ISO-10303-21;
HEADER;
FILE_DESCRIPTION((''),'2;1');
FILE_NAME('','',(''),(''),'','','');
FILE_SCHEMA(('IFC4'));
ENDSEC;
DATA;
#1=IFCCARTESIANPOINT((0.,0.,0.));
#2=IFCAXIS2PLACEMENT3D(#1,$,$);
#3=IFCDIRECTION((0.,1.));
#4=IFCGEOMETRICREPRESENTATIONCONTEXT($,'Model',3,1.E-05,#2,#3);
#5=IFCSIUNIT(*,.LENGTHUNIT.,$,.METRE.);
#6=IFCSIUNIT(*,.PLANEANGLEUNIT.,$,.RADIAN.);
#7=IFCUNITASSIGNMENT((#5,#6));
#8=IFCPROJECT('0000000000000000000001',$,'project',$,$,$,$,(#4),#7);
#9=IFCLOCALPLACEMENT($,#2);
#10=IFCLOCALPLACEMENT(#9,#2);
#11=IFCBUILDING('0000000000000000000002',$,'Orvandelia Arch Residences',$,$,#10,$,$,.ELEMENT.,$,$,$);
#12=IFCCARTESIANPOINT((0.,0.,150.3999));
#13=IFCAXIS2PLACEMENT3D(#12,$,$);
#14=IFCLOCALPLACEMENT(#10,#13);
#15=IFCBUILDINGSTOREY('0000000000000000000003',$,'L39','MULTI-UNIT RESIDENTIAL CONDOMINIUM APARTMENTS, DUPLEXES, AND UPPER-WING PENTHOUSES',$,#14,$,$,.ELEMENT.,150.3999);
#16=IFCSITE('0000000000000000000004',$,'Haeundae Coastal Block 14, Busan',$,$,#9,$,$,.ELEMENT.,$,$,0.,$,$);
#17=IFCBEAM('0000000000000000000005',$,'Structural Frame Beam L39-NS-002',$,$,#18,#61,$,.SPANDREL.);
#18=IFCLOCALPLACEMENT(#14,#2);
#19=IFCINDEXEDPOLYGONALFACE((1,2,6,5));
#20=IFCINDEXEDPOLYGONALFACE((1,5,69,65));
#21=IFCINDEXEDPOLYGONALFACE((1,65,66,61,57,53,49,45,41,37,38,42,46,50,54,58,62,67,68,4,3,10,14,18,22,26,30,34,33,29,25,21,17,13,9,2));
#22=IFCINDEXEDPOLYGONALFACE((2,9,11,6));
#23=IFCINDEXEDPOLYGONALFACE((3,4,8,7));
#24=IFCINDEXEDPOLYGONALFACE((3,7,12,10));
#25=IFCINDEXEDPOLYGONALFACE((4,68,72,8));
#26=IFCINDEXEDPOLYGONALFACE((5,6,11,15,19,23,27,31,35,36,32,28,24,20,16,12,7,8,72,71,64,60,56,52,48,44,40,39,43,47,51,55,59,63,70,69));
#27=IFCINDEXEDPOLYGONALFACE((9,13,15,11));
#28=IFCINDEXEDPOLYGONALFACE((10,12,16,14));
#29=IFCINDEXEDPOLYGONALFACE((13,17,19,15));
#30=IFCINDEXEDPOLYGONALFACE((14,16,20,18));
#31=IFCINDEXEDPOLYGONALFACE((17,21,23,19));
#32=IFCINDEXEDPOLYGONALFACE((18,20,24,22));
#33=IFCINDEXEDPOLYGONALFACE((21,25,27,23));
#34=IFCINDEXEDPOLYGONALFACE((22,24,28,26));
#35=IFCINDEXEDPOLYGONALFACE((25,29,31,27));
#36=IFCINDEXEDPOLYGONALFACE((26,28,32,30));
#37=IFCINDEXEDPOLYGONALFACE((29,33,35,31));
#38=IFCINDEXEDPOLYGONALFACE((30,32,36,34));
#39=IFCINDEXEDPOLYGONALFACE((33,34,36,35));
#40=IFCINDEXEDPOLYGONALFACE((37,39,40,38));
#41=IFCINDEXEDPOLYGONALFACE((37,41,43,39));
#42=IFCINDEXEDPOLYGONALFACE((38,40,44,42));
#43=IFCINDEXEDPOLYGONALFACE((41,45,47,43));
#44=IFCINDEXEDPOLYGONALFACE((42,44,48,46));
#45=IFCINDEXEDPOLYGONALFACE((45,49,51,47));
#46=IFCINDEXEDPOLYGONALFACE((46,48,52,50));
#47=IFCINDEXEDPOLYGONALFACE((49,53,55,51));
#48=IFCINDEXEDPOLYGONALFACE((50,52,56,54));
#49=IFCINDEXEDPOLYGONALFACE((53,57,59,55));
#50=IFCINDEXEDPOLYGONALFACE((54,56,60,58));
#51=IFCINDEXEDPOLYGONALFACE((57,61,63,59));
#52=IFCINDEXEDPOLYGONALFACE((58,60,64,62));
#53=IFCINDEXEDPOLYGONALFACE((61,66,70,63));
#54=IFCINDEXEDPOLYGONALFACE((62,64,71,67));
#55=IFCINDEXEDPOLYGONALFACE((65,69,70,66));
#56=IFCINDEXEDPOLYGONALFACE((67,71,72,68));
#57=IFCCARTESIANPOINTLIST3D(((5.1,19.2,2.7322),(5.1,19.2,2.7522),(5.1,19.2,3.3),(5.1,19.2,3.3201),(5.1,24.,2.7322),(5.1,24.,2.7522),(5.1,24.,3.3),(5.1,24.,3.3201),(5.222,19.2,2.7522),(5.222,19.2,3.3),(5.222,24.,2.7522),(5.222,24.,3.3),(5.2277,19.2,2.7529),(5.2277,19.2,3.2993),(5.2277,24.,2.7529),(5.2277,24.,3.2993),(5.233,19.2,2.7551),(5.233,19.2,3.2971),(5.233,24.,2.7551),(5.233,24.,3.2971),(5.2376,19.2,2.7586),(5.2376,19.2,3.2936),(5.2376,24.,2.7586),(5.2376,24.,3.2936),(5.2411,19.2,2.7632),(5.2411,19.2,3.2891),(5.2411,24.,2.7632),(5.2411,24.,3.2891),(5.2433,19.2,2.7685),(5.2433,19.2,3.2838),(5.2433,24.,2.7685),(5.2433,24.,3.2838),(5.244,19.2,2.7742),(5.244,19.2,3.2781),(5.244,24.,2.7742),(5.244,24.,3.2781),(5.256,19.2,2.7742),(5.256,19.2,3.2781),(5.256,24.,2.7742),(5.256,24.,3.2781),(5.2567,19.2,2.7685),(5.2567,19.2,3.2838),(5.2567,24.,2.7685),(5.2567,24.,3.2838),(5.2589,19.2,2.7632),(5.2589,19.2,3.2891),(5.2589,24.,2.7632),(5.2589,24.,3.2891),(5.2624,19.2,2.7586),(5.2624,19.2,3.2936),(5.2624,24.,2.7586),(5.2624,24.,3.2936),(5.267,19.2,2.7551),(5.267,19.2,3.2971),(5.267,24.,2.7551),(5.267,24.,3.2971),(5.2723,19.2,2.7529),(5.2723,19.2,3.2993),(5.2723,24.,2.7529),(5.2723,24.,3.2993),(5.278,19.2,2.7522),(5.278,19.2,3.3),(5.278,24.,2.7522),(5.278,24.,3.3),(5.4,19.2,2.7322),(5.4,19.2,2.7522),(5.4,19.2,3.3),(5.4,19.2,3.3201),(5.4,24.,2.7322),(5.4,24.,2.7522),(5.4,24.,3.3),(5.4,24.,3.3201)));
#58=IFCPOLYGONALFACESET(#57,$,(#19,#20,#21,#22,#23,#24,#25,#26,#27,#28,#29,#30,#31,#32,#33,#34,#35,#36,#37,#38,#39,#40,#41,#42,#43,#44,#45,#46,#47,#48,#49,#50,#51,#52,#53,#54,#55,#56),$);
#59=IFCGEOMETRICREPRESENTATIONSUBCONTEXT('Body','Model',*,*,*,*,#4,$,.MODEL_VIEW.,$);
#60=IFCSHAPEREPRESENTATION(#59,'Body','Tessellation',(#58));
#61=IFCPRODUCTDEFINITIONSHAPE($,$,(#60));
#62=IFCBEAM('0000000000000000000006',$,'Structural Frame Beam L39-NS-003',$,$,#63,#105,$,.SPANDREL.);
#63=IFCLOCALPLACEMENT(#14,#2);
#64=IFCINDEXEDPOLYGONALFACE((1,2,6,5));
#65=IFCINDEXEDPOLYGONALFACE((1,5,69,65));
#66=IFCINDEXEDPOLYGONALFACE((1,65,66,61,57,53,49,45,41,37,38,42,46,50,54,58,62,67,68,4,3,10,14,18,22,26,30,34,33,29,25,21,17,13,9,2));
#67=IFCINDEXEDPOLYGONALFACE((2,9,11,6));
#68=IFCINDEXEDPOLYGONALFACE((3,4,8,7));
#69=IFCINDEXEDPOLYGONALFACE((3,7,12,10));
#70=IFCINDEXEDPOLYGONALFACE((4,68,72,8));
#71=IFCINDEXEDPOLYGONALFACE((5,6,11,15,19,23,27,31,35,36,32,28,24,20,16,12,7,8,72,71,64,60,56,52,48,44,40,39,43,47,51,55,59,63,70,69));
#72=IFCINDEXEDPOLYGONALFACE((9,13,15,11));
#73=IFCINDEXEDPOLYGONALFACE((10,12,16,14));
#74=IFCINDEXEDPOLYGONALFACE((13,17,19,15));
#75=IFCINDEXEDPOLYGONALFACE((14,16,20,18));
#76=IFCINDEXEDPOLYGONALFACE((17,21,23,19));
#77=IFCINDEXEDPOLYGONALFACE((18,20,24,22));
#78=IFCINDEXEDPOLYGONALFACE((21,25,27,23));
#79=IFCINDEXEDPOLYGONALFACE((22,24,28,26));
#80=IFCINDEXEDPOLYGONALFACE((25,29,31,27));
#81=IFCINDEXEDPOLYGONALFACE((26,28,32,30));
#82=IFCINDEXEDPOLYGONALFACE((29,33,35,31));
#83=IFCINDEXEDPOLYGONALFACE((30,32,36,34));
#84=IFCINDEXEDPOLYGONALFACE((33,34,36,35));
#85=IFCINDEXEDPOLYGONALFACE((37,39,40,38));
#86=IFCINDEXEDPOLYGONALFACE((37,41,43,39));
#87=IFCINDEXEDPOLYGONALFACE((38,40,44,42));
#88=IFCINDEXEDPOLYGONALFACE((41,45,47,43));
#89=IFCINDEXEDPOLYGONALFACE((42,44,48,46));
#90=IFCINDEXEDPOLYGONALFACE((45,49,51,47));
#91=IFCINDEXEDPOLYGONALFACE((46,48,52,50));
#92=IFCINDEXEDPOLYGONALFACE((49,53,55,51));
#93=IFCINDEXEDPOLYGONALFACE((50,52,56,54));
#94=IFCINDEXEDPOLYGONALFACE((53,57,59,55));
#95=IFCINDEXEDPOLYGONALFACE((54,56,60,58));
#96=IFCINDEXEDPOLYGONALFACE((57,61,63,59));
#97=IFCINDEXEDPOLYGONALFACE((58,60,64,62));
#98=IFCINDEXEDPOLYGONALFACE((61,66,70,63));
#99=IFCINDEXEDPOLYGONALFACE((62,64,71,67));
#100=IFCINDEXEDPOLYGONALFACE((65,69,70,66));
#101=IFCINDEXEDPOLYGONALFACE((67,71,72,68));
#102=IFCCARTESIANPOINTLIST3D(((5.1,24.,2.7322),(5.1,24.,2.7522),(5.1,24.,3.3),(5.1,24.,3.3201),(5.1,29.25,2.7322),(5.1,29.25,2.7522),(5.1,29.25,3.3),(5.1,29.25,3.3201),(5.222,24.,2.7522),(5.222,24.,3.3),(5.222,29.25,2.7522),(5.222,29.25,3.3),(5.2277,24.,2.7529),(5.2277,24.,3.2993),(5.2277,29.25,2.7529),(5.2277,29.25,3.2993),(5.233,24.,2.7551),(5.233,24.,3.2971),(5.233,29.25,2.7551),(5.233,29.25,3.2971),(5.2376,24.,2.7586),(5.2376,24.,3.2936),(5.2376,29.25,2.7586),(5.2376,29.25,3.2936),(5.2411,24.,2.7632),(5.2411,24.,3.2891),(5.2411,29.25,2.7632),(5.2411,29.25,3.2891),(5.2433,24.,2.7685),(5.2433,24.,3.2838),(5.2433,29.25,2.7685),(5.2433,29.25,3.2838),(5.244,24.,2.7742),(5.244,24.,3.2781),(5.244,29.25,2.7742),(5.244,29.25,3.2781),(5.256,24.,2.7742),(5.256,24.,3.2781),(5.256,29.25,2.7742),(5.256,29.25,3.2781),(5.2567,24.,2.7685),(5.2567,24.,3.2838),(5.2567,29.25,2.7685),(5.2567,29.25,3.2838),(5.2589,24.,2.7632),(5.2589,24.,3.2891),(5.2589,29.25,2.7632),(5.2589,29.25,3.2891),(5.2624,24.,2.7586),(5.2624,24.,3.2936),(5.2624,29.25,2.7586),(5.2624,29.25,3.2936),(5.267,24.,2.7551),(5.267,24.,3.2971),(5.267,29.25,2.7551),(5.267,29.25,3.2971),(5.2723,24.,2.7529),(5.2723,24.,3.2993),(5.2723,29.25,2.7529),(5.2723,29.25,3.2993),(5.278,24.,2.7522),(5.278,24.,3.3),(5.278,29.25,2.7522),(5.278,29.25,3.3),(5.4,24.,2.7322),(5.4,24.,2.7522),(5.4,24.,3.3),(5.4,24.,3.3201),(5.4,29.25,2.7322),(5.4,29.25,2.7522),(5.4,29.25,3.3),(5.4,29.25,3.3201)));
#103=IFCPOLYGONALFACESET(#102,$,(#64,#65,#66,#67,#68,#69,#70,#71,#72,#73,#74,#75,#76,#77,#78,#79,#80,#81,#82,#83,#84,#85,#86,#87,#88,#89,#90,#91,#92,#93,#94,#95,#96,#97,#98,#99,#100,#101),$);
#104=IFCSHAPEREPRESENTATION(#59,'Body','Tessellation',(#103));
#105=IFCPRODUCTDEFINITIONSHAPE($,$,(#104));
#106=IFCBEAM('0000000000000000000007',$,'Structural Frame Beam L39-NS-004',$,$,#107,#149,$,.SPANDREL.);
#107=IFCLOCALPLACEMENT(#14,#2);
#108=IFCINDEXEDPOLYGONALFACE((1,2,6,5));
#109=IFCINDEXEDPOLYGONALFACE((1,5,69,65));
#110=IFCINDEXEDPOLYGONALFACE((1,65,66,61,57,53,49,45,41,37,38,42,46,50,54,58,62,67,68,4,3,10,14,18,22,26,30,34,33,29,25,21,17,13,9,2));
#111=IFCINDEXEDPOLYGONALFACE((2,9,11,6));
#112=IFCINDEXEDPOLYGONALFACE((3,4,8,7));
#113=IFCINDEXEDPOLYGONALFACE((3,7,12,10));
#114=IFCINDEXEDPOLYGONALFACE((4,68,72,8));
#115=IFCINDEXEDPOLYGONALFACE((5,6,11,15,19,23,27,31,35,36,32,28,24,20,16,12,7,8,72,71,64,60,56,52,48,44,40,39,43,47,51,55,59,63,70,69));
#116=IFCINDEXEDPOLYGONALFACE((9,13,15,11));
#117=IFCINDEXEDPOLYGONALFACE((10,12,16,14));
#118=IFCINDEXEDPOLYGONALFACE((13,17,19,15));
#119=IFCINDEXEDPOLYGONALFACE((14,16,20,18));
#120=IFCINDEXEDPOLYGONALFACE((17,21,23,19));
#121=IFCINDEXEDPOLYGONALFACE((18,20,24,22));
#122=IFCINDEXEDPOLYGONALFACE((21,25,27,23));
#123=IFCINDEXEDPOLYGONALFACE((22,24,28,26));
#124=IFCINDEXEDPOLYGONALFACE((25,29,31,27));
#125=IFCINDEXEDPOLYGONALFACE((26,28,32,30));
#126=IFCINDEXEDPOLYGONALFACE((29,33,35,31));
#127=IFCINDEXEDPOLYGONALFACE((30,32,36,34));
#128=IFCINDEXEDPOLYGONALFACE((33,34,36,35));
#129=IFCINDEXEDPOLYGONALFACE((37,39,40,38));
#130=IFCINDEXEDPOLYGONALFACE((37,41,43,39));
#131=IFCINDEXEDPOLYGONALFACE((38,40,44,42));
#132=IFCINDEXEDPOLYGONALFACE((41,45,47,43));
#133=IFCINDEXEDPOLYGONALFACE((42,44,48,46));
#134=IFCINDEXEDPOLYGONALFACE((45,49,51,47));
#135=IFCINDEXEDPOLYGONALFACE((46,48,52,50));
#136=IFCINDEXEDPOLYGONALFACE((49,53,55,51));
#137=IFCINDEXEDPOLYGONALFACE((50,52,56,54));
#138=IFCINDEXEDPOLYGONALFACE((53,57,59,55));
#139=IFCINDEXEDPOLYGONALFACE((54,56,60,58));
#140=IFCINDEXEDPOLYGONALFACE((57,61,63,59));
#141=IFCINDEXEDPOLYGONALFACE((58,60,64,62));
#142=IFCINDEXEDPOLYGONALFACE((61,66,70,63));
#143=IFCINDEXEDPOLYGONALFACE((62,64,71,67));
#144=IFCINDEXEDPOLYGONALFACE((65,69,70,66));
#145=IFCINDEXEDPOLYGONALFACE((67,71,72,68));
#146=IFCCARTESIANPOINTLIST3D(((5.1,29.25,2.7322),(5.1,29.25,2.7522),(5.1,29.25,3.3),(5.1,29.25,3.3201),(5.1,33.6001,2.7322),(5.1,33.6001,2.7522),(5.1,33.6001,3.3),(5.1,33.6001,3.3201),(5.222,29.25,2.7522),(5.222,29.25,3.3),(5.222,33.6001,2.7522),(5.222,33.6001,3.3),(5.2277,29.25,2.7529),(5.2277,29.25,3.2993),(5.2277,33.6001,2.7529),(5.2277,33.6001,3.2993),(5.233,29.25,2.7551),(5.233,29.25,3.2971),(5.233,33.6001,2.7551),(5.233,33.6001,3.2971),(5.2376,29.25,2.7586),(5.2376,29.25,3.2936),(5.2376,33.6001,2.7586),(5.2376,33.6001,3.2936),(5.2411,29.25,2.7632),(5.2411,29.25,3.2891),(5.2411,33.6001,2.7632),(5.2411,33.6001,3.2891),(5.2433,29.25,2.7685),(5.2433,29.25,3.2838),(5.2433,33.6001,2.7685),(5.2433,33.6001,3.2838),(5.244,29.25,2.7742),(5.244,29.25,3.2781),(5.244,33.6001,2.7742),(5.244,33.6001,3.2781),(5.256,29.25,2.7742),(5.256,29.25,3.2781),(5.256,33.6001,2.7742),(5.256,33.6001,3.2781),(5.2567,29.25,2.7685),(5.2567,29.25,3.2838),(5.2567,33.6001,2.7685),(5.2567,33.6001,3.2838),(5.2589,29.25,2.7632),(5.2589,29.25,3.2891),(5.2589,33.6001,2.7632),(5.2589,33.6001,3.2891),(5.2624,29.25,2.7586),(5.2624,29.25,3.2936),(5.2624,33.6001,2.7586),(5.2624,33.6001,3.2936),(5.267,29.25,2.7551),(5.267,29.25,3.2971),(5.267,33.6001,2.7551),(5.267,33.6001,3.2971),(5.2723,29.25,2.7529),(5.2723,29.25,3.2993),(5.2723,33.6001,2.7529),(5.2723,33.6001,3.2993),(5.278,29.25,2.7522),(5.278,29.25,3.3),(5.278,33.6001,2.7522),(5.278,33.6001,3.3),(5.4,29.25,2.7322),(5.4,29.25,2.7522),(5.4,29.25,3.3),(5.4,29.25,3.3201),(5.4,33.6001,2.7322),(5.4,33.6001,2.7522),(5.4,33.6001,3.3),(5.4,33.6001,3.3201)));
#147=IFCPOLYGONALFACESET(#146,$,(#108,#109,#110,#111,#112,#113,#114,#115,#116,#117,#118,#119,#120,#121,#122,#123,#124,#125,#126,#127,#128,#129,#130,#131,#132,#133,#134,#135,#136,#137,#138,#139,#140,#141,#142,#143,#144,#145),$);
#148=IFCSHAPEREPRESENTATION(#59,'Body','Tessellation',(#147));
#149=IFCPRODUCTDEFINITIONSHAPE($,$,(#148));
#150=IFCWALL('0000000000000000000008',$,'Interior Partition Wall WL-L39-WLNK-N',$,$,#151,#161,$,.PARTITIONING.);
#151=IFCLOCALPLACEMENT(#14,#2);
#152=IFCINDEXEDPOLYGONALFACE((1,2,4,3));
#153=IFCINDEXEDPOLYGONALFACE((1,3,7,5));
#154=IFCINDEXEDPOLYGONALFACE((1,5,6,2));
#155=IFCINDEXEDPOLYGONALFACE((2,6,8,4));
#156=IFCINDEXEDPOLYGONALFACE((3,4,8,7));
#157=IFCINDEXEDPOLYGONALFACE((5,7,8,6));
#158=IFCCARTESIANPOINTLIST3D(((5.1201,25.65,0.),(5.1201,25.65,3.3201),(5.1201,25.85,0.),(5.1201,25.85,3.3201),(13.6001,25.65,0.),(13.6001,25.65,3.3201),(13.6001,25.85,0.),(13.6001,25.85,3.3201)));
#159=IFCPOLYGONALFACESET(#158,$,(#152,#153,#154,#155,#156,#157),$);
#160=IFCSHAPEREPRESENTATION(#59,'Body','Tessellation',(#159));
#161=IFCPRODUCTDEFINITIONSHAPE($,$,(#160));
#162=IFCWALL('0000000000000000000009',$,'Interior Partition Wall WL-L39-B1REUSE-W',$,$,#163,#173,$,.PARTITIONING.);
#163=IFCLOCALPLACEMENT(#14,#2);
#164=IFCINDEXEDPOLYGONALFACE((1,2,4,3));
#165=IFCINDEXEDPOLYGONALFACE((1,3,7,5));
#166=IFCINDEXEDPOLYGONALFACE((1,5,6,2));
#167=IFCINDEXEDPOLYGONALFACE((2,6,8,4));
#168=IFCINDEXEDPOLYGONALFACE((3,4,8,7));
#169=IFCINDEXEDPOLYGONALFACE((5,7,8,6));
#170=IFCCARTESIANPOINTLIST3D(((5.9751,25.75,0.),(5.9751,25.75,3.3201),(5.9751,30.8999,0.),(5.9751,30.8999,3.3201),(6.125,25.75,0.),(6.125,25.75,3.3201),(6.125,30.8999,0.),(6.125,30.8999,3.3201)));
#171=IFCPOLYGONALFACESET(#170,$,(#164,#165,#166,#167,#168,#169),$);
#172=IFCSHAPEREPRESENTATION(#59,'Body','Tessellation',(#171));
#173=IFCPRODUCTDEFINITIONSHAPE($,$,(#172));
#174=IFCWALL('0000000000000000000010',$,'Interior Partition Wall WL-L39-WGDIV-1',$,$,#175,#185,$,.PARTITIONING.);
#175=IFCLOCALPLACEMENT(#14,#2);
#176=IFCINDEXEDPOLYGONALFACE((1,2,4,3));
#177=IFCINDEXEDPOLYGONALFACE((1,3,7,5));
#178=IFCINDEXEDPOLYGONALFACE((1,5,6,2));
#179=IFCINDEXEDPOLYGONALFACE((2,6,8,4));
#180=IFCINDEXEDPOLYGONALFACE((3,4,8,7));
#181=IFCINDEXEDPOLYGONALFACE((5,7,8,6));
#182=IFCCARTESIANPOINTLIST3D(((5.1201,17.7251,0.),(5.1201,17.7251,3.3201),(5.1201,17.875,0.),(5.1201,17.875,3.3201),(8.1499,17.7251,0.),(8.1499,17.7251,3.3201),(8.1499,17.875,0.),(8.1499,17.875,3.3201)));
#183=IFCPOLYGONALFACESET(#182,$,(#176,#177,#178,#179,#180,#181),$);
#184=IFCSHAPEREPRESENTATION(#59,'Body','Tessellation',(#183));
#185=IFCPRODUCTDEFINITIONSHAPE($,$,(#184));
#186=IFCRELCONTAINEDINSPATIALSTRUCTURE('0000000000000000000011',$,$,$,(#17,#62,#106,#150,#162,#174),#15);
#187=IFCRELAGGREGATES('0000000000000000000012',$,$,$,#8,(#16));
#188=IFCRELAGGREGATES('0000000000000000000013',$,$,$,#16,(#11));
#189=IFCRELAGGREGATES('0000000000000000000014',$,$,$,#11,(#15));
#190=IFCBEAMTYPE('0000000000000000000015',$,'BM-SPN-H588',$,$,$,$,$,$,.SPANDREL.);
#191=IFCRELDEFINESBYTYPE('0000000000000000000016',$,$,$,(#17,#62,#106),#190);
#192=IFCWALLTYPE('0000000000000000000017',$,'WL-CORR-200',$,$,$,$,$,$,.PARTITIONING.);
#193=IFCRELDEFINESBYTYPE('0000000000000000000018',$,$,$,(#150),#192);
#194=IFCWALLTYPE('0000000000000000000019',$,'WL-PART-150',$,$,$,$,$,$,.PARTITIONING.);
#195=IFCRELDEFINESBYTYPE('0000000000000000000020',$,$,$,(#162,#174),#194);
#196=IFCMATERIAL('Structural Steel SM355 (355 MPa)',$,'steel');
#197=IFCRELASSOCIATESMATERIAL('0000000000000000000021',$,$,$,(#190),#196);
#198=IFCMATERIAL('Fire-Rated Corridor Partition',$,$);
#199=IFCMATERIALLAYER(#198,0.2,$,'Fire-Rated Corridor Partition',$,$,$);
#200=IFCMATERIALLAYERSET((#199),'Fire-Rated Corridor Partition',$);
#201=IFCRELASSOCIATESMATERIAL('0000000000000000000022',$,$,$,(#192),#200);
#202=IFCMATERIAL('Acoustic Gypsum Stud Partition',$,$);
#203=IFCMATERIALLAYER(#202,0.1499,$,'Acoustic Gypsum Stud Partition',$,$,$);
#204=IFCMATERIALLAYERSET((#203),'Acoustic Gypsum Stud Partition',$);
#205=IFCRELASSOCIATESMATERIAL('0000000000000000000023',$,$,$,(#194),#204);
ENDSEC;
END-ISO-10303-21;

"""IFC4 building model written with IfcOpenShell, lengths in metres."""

from ifc_helpers import new_model, si_unit, direction, frame, frame_2d, origin, origin_2d, place, context, subcontext, project, spatial, rectangle, i_section, extrude, material, layer, layer_set, material_profile, profile_set, type_object, element, save


model = new_model("IFC4")

# Units and contexts
model_context = context("Model", 3, precision=1e-05, world=origin(), true_north=direction((0.0, 1.0)))
body_context = subcontext(model_context, "Body", "Model", "MODEL_VIEW")
ifc_project = project(units=[si_unit("LENGTHUNIT", "METRE"), si_unit("PLANEANGLEUNIT", "RADIAN")], contexts=[model_context])

# Site, building, storey
site_placement = place(None, origin())
site = spatial("IfcSite", under=ifc_project, at=site_placement, Name="Haeundae Coastal Block 14, Busan", CompositionType="ELEMENT", RefElevation=0.0)
building_placement = place(site_placement, origin())
building = spatial("IfcBuilding", under=site, at=building_placement, Name="Orvandelia Arch Residences", CompositionType="ELEMENT")
storey_placement = place(building_placement, frame((0.0, 0.0, 150.3999)))
storey = spatial("IfcBuildingStorey", under=building, at=storey_placement, Name="L39", Description="MULTI-UNIT RESIDENTIAL CONDOMINIUM APARTMENTS, DUPLEXES, AND UPPER-WING PENTHOUSES", CompositionType="ELEMENT", Elevation=150.3999)

# Beams
ifc_material_1 = material(Name="Structural Steel SM355 (355 MPa)", Category="steel")
ifc_material_profile_1 = material_profile(ifc_material_1, i_section(OverallWidth=0.3, OverallDepth=0.5879, WebThickness=0.012, FlangeThickness=0.02, FilletRadius=0.022, at=origin_2d()), Name="Structural Steel SM355 (355 MPa)", Category="steel")
ifc_profile_set_1 = profile_set([ifc_material_profile_1], Name="Structural Steel SM355 (355 MPa)")
beam_type_1 = type_object("IfcBeamType", Name="BM-SPN-H588", PredefinedType="SPANDREL", material=ifc_profile_set_1)
beam_1_placement = place(storey_placement, frame((5.25, 19.2, 3.0261), z_axis=(0.0, 1.0, 0.0), x_axis=(-1.0, 0.0, 0.0)))
element("IfcBeam", 1, at=beam_1_placement, inside=storey, type_object=beam_type_1, Name="Structural Frame Beam L39-NS-002", PredefinedType="SPANDREL", context=body_context, shape_type="SweptSolid", body=[
    extrude(i_section(OverallWidth=0.3, OverallDepth=0.5879, WebThickness=0.012, FlangeThickness=0.02, FilletRadius=0.022, at=origin_2d()), origin(), (0.0, 0.0, 1.0), 4.8),
])
beam_2_placement = place(storey_placement, frame((5.25, 24.0, 3.0261), z_axis=(0.0, 1.0, 0.0), x_axis=(-1.0, 0.0, 0.0)))
element("IfcBeam", 2, at=beam_2_placement, inside=storey, type_object=beam_type_1, Name="Structural Frame Beam L39-NS-003", PredefinedType="SPANDREL", context=body_context, shape_type="SweptSolid", body=[
    extrude(i_section(OverallWidth=0.3, OverallDepth=0.5879, WebThickness=0.012, FlangeThickness=0.02, FilletRadius=0.022, at=origin_2d()), origin(), (0.0, 0.0, 1.0), 5.25),
])
beam_3_placement = place(storey_placement, frame((5.25, 29.25, 3.0261), z_axis=(0.0, 1.0, 0.0), x_axis=(-1.0, 0.0, 0.0)))
element("IfcBeam", 3, at=beam_3_placement, inside=storey, type_object=beam_type_1, Name="Structural Frame Beam L39-NS-004", PredefinedType="SPANDREL", context=body_context, shape_type="SweptSolid", body=[
    extrude(i_section(OverallWidth=0.3, OverallDepth=0.5879, WebThickness=0.012, FlangeThickness=0.02, FilletRadius=0.022, at=origin_2d()), origin(), (0.0, 0.0, 1.0), 4.3501),
])

# Walls
ifc_material_2 = material(Name="Fire-Rated Corridor Partition")
ifc_layer_1 = layer(ifc_material_2, 0.2, Name="Fire-Rated Corridor Partition")
ifc_layer_set_1 = layer_set([ifc_layer_1], Name="Fire-Rated Corridor Partition")
wall_type_1 = type_object("IfcWallType", Name="WL-CORR-200", PredefinedType="PARTITIONING", material=ifc_layer_set_1)
wall_1_placement = place(storey_placement, frame((5.1201, 25.75, 0.0), z_axis=(0.0, 0.0, 1.0), x_axis=(1.0, 0.0, 0.0)))
element("IfcWall", 4, at=wall_1_placement, inside=storey, type_object=wall_type_1, Name="Interior Partition Wall WL-L39-WLNK-N", PredefinedType="PARTITIONING", context=body_context, shape_type="SweptSolid", body=[
    extrude(rectangle(XDim=8.48, YDim=0.2, at=frame_2d((4.24, 0.0))), origin(), (0.0, 0.0, 1.0), 3.3201),
])
ifc_material_3 = material(Name="Acoustic Gypsum Stud Partition")
ifc_layer_2 = layer(ifc_material_3, 0.1499, Name="Acoustic Gypsum Stud Partition")
ifc_layer_set_2 = layer_set([ifc_layer_2], Name="Acoustic Gypsum Stud Partition")
wall_type_2 = type_object("IfcWallType", Name="WL-PART-150", PredefinedType="PARTITIONING", material=ifc_layer_set_2)
wall_2_placement = place(storey_placement, frame((6.05, 25.75, 0.0), z_axis=(0.0, 0.0, 1.0), x_axis=(0.0, 1.0, 0.0)))
element("IfcWall", 5, at=wall_2_placement, inside=storey, type_object=wall_type_2, Name="Interior Partition Wall WL-L39-B1REUSE-W", PredefinedType="PARTITIONING", context=body_context, shape_type="SweptSolid", body=[
    extrude(rectangle(XDim=5.1499, YDim=0.1499, at=frame_2d((2.575, 0.0))), origin(), (0.0, 0.0, 1.0), 3.3201),
])
wall_3_placement = place(storey_placement, frame((5.1201, 17.8, 0.0), z_axis=(0.0, 0.0, 1.0), x_axis=(1.0, 0.0, 0.0)))
element("IfcWall", 6, at=wall_3_placement, inside=storey, type_object=wall_type_2, Name="Interior Partition Wall WL-L39-WGDIV-1", PredefinedType="PARTITIONING", context=body_context, shape_type="SweptSolid", body=[
    extrude(rectangle(XDim=3.0298, YDim=0.1499, at=frame_2d((1.5149, 0.0))), origin(), (0.0, 0.0, 1.0), 3.3201),
])

save(model, "model.ifc")
